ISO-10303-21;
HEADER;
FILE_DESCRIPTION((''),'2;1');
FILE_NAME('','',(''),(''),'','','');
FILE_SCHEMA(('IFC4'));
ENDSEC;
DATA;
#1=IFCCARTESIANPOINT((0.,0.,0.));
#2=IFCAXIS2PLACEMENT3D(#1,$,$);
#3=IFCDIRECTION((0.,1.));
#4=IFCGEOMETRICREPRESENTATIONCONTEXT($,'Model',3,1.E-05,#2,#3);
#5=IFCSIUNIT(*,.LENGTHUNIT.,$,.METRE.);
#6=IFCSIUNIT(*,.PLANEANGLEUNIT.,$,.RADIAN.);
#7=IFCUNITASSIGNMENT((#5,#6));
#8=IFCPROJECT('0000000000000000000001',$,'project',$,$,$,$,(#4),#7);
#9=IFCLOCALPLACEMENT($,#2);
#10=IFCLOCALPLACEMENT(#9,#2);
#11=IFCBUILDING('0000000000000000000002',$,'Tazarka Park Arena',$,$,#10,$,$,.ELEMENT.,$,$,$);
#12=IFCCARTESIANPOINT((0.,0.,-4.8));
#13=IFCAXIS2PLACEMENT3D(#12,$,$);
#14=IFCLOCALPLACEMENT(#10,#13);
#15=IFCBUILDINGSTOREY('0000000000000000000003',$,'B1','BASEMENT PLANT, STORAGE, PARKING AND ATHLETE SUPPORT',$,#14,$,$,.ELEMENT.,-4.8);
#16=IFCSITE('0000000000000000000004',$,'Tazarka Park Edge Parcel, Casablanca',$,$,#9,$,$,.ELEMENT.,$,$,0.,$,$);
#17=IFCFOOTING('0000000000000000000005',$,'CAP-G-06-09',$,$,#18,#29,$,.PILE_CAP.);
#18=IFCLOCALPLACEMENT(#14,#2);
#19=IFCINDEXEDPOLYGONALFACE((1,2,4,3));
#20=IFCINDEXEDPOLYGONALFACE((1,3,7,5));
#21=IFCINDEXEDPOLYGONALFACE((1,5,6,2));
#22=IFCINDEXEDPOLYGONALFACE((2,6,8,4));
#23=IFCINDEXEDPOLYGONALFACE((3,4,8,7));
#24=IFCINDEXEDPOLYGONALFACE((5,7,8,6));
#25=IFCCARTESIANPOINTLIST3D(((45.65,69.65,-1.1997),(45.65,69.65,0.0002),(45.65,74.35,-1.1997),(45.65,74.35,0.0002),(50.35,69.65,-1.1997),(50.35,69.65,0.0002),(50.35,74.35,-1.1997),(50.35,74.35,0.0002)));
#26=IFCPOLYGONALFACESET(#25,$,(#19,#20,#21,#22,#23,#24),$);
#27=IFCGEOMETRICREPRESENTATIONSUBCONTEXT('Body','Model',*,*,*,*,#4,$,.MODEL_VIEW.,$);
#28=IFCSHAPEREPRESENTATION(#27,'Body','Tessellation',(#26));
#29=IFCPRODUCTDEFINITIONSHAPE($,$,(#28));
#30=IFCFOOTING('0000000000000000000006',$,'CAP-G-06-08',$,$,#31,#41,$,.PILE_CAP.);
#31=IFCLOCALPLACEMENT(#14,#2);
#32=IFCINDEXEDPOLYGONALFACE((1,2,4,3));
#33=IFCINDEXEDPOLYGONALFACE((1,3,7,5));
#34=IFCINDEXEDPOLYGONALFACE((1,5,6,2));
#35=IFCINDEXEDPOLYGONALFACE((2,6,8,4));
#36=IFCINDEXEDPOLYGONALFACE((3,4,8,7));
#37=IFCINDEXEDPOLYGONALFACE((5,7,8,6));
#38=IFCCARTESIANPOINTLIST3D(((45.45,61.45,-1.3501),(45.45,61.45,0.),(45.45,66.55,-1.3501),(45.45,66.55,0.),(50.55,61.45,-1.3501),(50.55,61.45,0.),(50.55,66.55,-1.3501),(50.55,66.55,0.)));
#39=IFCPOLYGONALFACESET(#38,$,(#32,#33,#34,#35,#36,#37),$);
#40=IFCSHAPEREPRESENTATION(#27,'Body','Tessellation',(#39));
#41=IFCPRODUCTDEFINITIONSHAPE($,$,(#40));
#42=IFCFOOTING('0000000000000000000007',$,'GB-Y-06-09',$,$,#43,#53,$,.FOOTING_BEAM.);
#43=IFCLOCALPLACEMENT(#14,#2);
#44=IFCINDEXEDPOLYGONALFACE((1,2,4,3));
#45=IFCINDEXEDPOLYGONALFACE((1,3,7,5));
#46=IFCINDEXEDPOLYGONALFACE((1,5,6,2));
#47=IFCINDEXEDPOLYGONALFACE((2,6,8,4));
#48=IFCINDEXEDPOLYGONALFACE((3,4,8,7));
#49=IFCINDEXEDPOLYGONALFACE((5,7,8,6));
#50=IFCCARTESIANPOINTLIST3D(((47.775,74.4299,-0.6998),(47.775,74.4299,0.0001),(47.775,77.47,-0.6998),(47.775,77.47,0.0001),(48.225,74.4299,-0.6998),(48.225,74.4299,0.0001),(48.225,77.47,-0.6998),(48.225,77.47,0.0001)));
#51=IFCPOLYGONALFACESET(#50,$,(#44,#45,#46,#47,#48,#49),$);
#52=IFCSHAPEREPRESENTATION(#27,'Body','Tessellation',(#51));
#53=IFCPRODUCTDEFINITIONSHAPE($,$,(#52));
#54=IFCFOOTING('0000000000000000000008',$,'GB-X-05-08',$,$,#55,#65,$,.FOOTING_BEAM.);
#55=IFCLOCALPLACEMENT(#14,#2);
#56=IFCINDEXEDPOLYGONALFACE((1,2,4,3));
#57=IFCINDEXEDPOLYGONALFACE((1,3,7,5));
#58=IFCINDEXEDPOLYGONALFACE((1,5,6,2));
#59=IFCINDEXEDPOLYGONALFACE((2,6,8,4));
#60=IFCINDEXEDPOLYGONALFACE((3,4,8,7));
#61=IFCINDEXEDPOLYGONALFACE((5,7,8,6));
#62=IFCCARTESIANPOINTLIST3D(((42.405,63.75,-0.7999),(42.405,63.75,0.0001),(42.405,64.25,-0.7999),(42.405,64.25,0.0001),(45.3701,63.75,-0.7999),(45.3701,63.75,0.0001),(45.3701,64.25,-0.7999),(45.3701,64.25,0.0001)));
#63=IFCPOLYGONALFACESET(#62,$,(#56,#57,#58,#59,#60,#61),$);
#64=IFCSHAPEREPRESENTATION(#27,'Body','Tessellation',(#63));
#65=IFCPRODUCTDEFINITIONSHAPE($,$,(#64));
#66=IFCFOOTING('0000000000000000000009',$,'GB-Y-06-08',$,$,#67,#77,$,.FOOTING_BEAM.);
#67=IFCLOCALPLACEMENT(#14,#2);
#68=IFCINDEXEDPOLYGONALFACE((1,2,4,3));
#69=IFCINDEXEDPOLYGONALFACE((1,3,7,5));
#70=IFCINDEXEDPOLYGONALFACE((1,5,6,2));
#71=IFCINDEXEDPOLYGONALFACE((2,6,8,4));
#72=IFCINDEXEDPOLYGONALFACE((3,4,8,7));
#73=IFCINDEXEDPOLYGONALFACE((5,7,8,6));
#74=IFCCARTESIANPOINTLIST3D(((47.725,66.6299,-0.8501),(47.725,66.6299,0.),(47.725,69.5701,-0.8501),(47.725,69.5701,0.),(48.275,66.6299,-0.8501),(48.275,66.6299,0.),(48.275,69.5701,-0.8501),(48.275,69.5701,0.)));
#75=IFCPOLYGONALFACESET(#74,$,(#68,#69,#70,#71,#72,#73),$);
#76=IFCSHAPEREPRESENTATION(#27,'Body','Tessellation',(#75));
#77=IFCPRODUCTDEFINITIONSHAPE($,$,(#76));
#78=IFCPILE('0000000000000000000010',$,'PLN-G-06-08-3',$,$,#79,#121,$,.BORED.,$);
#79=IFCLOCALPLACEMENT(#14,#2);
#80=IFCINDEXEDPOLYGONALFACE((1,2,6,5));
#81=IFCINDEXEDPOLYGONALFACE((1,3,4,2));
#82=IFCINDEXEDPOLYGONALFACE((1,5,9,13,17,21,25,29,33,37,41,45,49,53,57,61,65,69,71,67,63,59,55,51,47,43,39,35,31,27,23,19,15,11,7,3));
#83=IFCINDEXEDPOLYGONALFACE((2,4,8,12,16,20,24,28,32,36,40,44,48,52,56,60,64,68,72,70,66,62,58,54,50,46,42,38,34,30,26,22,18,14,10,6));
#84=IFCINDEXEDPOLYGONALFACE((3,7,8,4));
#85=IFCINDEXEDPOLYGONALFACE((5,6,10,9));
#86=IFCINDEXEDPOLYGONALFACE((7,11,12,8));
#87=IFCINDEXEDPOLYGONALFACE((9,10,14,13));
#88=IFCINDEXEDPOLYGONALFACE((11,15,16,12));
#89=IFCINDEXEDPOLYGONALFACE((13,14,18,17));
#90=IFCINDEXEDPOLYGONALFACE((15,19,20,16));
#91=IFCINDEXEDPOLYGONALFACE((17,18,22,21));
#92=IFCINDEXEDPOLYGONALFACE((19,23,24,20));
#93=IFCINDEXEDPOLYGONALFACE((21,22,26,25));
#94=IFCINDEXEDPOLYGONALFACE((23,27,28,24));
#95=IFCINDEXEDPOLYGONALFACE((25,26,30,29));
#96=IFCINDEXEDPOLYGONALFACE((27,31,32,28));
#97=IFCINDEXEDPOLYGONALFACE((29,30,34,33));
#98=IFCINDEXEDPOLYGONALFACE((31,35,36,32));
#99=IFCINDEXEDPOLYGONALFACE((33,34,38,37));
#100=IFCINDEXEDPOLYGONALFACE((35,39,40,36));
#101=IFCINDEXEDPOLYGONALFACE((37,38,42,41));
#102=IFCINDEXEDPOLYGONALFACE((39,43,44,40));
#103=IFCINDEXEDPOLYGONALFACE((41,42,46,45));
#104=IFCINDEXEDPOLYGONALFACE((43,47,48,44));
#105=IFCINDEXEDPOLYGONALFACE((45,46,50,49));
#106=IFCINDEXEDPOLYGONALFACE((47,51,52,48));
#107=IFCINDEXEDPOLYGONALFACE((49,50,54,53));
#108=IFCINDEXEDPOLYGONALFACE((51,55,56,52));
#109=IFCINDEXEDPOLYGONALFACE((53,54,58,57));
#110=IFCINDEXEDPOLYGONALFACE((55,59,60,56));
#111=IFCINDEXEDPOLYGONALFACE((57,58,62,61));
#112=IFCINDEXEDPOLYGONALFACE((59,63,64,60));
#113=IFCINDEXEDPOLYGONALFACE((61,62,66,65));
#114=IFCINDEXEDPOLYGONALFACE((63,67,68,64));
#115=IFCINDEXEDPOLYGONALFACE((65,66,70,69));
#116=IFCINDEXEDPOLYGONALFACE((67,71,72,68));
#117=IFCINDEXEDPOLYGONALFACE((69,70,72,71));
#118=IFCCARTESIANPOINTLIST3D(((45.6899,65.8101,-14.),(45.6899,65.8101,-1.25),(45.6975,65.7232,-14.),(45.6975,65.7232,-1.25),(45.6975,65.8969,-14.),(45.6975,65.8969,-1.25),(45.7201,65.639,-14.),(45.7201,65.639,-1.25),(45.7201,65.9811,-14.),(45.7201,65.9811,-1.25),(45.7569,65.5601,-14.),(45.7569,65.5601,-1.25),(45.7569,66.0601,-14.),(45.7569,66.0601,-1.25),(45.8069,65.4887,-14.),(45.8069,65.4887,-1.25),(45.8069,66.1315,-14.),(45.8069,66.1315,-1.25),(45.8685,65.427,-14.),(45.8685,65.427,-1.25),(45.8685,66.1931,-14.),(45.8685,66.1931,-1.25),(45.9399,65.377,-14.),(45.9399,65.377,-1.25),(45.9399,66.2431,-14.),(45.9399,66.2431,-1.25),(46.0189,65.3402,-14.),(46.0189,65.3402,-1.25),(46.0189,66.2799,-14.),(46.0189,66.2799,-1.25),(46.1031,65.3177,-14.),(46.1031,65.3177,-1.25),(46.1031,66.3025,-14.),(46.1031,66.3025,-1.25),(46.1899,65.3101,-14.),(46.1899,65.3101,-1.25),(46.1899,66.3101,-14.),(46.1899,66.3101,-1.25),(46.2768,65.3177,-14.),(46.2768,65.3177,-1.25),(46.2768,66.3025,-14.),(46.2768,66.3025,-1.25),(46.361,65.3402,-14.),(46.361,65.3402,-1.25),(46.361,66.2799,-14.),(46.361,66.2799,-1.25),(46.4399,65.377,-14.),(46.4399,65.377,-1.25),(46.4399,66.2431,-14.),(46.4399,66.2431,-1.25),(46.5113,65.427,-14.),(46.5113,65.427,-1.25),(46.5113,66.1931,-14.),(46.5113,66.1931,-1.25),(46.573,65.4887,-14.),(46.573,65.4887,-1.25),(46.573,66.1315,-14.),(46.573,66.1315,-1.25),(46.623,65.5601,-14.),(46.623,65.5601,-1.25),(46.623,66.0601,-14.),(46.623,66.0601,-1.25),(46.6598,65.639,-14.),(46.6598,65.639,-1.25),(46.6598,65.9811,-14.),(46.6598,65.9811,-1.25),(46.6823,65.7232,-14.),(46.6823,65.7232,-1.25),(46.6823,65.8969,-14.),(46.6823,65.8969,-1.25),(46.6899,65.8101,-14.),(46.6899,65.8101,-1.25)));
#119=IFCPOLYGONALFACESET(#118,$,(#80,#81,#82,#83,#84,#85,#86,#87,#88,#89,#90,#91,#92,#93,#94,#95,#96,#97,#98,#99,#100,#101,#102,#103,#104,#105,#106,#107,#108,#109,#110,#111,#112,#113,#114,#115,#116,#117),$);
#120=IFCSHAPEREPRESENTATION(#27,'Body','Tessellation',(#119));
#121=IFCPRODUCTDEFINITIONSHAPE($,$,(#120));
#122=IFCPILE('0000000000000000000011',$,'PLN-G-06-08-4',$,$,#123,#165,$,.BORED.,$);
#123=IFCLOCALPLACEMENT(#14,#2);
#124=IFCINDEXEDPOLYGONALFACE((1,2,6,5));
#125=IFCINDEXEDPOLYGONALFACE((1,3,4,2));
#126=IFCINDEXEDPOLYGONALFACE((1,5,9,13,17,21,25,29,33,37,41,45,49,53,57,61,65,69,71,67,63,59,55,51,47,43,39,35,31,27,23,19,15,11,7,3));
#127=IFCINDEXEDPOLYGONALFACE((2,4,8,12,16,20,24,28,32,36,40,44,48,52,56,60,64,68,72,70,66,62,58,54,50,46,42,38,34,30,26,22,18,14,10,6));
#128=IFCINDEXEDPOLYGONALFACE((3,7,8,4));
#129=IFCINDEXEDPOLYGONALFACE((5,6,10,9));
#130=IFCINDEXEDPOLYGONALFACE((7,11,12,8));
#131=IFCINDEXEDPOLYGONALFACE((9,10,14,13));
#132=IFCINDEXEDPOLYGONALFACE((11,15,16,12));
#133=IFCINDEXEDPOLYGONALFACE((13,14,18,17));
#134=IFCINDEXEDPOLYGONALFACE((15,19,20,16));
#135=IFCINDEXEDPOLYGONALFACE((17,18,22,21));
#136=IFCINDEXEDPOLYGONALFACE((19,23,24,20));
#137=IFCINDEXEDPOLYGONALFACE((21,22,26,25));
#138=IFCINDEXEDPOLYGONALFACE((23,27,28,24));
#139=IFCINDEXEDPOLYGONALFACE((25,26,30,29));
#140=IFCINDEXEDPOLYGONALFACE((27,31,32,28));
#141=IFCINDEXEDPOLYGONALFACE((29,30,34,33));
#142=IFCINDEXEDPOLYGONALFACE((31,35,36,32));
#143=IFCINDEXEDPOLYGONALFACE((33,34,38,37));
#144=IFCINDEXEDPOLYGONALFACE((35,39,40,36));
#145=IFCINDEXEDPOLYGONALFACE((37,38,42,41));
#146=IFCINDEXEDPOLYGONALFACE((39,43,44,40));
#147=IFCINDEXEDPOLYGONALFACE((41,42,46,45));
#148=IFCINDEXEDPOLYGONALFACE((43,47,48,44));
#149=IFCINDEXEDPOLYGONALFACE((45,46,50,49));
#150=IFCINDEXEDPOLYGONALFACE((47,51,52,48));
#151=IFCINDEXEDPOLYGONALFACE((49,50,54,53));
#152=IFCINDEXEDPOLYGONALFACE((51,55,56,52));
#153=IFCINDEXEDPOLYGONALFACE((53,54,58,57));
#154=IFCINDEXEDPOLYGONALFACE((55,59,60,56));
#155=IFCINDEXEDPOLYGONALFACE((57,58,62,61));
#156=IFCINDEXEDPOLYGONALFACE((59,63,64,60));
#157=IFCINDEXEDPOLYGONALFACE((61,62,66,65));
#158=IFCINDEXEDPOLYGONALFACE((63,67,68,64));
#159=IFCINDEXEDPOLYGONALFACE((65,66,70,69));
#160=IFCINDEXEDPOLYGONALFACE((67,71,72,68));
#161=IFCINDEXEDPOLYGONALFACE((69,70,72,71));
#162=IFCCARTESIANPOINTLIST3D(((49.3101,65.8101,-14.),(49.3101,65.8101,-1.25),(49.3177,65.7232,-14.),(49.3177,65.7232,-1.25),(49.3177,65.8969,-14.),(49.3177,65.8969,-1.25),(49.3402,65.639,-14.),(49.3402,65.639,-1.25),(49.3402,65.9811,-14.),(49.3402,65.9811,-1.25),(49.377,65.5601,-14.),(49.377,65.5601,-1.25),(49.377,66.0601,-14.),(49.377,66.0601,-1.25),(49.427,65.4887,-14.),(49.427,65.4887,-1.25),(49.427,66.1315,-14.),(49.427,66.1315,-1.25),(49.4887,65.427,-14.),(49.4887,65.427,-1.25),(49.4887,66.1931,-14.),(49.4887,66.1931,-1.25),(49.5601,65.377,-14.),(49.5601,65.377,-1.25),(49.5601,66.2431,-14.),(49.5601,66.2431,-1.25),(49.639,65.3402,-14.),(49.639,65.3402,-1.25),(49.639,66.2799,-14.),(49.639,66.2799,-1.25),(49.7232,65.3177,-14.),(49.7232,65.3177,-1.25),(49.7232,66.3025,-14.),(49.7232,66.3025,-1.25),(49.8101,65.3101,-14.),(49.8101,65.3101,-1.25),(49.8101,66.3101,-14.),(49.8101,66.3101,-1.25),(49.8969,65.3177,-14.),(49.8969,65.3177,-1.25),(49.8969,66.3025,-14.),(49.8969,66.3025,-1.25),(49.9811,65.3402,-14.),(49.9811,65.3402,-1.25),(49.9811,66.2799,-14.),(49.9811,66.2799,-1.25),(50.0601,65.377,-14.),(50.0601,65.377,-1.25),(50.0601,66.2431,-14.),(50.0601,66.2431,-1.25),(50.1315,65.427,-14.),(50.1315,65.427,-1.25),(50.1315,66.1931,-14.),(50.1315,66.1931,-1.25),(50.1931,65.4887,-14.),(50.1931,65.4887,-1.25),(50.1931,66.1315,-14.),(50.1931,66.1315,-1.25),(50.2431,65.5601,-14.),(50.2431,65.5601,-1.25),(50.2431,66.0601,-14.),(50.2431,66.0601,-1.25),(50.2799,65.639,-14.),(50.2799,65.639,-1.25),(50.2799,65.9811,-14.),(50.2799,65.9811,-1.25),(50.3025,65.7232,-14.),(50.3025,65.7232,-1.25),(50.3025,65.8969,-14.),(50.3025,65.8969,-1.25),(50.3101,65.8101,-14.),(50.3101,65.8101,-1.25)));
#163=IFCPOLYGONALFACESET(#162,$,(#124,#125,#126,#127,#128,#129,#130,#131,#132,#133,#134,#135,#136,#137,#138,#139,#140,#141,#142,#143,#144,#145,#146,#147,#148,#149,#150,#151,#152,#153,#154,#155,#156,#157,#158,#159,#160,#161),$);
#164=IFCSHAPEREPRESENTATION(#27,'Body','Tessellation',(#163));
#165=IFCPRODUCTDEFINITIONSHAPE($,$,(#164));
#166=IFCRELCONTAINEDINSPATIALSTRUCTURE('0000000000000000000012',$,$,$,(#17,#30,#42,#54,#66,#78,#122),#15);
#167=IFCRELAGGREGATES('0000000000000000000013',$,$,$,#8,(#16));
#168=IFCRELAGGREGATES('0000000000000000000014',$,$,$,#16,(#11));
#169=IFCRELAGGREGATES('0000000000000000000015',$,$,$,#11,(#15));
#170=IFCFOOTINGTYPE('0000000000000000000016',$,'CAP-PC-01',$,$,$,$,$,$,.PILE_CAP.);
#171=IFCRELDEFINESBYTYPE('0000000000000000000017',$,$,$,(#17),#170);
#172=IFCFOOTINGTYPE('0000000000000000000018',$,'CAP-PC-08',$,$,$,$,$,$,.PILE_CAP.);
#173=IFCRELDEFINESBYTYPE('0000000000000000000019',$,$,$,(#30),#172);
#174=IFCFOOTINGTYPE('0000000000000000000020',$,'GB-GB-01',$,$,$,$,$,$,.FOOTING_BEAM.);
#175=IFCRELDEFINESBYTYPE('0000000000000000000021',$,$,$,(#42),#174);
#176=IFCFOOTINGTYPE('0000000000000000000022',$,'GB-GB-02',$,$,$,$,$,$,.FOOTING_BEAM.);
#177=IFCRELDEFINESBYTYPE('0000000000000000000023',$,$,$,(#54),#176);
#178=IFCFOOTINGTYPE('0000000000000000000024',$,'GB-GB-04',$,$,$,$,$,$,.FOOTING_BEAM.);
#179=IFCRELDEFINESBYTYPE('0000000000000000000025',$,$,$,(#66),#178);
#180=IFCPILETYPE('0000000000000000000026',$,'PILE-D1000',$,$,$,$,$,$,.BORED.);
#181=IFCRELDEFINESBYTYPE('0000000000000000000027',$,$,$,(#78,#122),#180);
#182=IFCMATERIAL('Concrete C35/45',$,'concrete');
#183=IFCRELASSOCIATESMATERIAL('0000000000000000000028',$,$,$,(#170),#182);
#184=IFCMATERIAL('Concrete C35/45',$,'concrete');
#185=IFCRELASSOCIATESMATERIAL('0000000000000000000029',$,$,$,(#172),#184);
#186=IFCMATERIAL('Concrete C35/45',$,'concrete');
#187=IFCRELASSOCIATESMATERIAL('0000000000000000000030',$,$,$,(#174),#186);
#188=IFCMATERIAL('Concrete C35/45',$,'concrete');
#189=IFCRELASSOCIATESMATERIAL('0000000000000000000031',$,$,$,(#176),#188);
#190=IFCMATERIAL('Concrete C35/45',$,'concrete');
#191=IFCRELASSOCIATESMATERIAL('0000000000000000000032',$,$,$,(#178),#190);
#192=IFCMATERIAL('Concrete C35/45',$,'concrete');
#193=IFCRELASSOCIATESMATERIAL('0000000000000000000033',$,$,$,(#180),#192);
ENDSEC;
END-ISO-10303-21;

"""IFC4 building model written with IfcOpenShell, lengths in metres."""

from ifc_helpers import new_model, si_unit, direction, frame, origin, origin_2d, place, context, subcontext, project, spatial, rectangle, circle, extrude, material, material_profile, profile_set, type_object, element, save


model = new_model("IFC4")

# Units and contexts
model_context = context("Model", 3, precision=1e-05, world=origin(), true_north=direction((0.0, 1.0)))
body_context = subcontext(model_context, "Body", "Model", "MODEL_VIEW")
ifc_project = project(units=[si_unit("LENGTHUNIT", "METRE"), si_unit("PLANEANGLEUNIT", "RADIAN")], contexts=[model_context])

# Site, building, storey
site_placement = place(None, origin())
site = spatial("IfcSite", under=ifc_project, at=site_placement, Name="Tazarka Park Edge Parcel, Casablanca", CompositionType="ELEMENT", RefElevation=0.0)
building_placement = place(site_placement, origin())
building = spatial("IfcBuilding", under=site, at=building_placement, Name="Tazarka Park Arena", CompositionType="ELEMENT")
storey_placement = place(building_placement, frame((0.0, 0.0, -4.8)))
storey = spatial("IfcBuildingStorey", under=building, at=storey_placement, Name="B1", Description="BASEMENT PLANT, STORAGE, PARKING AND ATHLETE SUPPORT", CompositionType="ELEMENT", Elevation=-4.8)

# Footings
ifc_material_1 = material(Name="Concrete C35/45", Category="concrete")
footing_type_1 = type_object("IfcFootingType", Name="CAP-PC-01", PredefinedType="PILE_CAP", material=ifc_material_1)
footing_1_placement = place(storey_placement, frame((48.0, 72.0, -1.1997), z_axis=(0.0, 0.0, 1.0), x_axis=(1.0, 0.0, 0.0)))
element("IfcFooting", 1, at=footing_1_placement, inside=storey, type_object=footing_type_1, Name="CAP-G-06-09", PredefinedType="PILE_CAP", context=body_context, shape_type="SweptSolid", body=[
    extrude(rectangle(XDim=4.7, YDim=4.7, at=origin_2d()), origin(), (0.0, 0.0, 1.0), 1.2),
])
ifc_material_2 = material(Name="Concrete C35/45", Category="concrete")
footing_type_2 = type_object("IfcFootingType", Name="CAP-PC-08", PredefinedType="PILE_CAP", material=ifc_material_2)
footing_2_placement = place(storey_placement, frame((48.0, 64.0, -1.3501), z_axis=(0.0, 0.0, 1.0), x_axis=(1.0, 0.0, 0.0)))
element("IfcFooting", 2, at=footing_2_placement, inside=storey, type_object=footing_type_2, Name="CAP-G-06-08", PredefinedType="PILE_CAP", context=body_context, shape_type="SweptSolid", body=[
    extrude(rectangle(XDim=5.1001, YDim=5.1001, at=origin_2d()), origin(), (0.0, 0.0, 1.0), 1.3501),
])
ifc_material_3 = material(Name="Concrete C35/45", Category="concrete")
ifc_material_profile_1 = material_profile(ifc_material_3, rectangle(XDim=0.45, YDim=0.7, at=origin_2d()), Name="Concrete C35/45")
ifc_profile_set_1 = profile_set([ifc_material_profile_1], Name="Concrete C35/45")
footing_type_3 = type_object("IfcFootingType", Name="GB-GB-01", PredefinedType="FOOTING_BEAM", material=ifc_profile_set_1)
footing_3_placement = place(storey_placement, frame((48.0, 74.4299, -0.3499), z_axis=(0.0, 1.0, 0.0), x_axis=(-1.0, 0.0, 0.0)))
element("IfcFooting", 3, at=footing_3_placement, inside=storey, type_object=footing_type_3, Name="GB-Y-06-09", PredefinedType="FOOTING_BEAM", context=body_context, shape_type="SweptSolid", body=[
    extrude(rectangle(XDim=0.45, YDim=0.7, at=origin_2d()), origin(), (0.0, 0.0, 1.0), 3.04),
])
ifc_material_4 = material(Name="Concrete C35/45", Category="concrete")
ifc_material_profile_2 = material_profile(ifc_material_4, rectangle(XDim=0.5, YDim=0.8, at=origin_2d()), Name="Concrete C35/45")
ifc_profile_set_2 = profile_set([ifc_material_profile_2], Name="Concrete C35/45")
footing_type_4 = type_object("IfcFootingType", Name="GB-GB-02", PredefinedType="FOOTING_BEAM", material=ifc_profile_set_2)
footing_4_placement = place(storey_placement, frame((42.405, 64.0, -0.3999), z_axis=(1.0, 0.0, 0.0), x_axis=(0.0, 1.0, 0.0)))
element("IfcFooting", 4, at=footing_4_placement, inside=storey, type_object=footing_type_4, Name="GB-X-05-08", PredefinedType="FOOTING_BEAM", context=body_context, shape_type="SweptSolid", body=[
    extrude(rectangle(XDim=0.5, YDim=0.8, at=origin_2d()), origin(), (0.0, 0.0, 1.0), 2.9651),
])
ifc_material_5 = material(Name="Concrete C35/45", Category="concrete")
ifc_material_profile_3 = material_profile(ifc_material_5, rectangle(XDim=0.55, YDim=0.8501, at=origin_2d()), Name="Concrete C35/45")
ifc_profile_set_3 = profile_set([ifc_material_profile_3], Name="Concrete C35/45")
footing_type_5 = type_object("IfcFootingType", Name="GB-GB-04", PredefinedType="FOOTING_BEAM", material=ifc_profile_set_3)
footing_5_placement = place(storey_placement, frame((48.0, 66.6299, -0.425), z_axis=(0.0, 1.0, 0.0), x_axis=(-1.0, 0.0, 0.0)))
element("IfcFooting", 5, at=footing_5_placement, inside=storey, type_object=footing_type_5, Name="GB-Y-06-08", PredefinedType="FOOTING_BEAM", context=body_context, shape_type="SweptSolid", body=[
    extrude(rectangle(XDim=0.55, YDim=0.8501, at=origin_2d()), origin(), (0.0, 0.0, 1.0), 2.9402),
])

# Piles
ifc_material_6 = material(Name="Concrete C35/45", Category="concrete")
ifc_material_profile_4 = material_profile(ifc_material_6, circle(Radius=0.5, at=origin_2d()), Name="Concrete C35/45")
ifc_profile_set_4 = profile_set([ifc_material_profile_4], Name="Concrete C35/45")
pile_type_1 = type_object("IfcPileType", Name="PILE-D1000", PredefinedType="BORED", material=ifc_profile_set_4)
for number, where, z_axis, x_axis, name in (
    (6, (46.1899, 65.8101, -1.25), (0.0, 0.0, -1.0), (1.0, 0.0, 0.0), "PLN-G-06-08-3"),
    (7, (49.8101, 65.8101, -1.25), (0.0, 0.0, -1.0), (1.0, 0.0, 0.0), "PLN-G-06-08-4"),
):
    element("IfcPile", number, at=place(storey_placement, frame(where, z_axis=z_axis, x_axis=x_axis)), inside=storey, type_object=pile_type_1, Name=name, PredefinedType="BORED", context=body_context, shape_type="SweptSolid", body=[
        extrude(circle(Radius=0.5, at=origin_2d()), origin(), (0.0, 0.0, 1.0), 12.75),
    ])

save(model, "model.ifc")
